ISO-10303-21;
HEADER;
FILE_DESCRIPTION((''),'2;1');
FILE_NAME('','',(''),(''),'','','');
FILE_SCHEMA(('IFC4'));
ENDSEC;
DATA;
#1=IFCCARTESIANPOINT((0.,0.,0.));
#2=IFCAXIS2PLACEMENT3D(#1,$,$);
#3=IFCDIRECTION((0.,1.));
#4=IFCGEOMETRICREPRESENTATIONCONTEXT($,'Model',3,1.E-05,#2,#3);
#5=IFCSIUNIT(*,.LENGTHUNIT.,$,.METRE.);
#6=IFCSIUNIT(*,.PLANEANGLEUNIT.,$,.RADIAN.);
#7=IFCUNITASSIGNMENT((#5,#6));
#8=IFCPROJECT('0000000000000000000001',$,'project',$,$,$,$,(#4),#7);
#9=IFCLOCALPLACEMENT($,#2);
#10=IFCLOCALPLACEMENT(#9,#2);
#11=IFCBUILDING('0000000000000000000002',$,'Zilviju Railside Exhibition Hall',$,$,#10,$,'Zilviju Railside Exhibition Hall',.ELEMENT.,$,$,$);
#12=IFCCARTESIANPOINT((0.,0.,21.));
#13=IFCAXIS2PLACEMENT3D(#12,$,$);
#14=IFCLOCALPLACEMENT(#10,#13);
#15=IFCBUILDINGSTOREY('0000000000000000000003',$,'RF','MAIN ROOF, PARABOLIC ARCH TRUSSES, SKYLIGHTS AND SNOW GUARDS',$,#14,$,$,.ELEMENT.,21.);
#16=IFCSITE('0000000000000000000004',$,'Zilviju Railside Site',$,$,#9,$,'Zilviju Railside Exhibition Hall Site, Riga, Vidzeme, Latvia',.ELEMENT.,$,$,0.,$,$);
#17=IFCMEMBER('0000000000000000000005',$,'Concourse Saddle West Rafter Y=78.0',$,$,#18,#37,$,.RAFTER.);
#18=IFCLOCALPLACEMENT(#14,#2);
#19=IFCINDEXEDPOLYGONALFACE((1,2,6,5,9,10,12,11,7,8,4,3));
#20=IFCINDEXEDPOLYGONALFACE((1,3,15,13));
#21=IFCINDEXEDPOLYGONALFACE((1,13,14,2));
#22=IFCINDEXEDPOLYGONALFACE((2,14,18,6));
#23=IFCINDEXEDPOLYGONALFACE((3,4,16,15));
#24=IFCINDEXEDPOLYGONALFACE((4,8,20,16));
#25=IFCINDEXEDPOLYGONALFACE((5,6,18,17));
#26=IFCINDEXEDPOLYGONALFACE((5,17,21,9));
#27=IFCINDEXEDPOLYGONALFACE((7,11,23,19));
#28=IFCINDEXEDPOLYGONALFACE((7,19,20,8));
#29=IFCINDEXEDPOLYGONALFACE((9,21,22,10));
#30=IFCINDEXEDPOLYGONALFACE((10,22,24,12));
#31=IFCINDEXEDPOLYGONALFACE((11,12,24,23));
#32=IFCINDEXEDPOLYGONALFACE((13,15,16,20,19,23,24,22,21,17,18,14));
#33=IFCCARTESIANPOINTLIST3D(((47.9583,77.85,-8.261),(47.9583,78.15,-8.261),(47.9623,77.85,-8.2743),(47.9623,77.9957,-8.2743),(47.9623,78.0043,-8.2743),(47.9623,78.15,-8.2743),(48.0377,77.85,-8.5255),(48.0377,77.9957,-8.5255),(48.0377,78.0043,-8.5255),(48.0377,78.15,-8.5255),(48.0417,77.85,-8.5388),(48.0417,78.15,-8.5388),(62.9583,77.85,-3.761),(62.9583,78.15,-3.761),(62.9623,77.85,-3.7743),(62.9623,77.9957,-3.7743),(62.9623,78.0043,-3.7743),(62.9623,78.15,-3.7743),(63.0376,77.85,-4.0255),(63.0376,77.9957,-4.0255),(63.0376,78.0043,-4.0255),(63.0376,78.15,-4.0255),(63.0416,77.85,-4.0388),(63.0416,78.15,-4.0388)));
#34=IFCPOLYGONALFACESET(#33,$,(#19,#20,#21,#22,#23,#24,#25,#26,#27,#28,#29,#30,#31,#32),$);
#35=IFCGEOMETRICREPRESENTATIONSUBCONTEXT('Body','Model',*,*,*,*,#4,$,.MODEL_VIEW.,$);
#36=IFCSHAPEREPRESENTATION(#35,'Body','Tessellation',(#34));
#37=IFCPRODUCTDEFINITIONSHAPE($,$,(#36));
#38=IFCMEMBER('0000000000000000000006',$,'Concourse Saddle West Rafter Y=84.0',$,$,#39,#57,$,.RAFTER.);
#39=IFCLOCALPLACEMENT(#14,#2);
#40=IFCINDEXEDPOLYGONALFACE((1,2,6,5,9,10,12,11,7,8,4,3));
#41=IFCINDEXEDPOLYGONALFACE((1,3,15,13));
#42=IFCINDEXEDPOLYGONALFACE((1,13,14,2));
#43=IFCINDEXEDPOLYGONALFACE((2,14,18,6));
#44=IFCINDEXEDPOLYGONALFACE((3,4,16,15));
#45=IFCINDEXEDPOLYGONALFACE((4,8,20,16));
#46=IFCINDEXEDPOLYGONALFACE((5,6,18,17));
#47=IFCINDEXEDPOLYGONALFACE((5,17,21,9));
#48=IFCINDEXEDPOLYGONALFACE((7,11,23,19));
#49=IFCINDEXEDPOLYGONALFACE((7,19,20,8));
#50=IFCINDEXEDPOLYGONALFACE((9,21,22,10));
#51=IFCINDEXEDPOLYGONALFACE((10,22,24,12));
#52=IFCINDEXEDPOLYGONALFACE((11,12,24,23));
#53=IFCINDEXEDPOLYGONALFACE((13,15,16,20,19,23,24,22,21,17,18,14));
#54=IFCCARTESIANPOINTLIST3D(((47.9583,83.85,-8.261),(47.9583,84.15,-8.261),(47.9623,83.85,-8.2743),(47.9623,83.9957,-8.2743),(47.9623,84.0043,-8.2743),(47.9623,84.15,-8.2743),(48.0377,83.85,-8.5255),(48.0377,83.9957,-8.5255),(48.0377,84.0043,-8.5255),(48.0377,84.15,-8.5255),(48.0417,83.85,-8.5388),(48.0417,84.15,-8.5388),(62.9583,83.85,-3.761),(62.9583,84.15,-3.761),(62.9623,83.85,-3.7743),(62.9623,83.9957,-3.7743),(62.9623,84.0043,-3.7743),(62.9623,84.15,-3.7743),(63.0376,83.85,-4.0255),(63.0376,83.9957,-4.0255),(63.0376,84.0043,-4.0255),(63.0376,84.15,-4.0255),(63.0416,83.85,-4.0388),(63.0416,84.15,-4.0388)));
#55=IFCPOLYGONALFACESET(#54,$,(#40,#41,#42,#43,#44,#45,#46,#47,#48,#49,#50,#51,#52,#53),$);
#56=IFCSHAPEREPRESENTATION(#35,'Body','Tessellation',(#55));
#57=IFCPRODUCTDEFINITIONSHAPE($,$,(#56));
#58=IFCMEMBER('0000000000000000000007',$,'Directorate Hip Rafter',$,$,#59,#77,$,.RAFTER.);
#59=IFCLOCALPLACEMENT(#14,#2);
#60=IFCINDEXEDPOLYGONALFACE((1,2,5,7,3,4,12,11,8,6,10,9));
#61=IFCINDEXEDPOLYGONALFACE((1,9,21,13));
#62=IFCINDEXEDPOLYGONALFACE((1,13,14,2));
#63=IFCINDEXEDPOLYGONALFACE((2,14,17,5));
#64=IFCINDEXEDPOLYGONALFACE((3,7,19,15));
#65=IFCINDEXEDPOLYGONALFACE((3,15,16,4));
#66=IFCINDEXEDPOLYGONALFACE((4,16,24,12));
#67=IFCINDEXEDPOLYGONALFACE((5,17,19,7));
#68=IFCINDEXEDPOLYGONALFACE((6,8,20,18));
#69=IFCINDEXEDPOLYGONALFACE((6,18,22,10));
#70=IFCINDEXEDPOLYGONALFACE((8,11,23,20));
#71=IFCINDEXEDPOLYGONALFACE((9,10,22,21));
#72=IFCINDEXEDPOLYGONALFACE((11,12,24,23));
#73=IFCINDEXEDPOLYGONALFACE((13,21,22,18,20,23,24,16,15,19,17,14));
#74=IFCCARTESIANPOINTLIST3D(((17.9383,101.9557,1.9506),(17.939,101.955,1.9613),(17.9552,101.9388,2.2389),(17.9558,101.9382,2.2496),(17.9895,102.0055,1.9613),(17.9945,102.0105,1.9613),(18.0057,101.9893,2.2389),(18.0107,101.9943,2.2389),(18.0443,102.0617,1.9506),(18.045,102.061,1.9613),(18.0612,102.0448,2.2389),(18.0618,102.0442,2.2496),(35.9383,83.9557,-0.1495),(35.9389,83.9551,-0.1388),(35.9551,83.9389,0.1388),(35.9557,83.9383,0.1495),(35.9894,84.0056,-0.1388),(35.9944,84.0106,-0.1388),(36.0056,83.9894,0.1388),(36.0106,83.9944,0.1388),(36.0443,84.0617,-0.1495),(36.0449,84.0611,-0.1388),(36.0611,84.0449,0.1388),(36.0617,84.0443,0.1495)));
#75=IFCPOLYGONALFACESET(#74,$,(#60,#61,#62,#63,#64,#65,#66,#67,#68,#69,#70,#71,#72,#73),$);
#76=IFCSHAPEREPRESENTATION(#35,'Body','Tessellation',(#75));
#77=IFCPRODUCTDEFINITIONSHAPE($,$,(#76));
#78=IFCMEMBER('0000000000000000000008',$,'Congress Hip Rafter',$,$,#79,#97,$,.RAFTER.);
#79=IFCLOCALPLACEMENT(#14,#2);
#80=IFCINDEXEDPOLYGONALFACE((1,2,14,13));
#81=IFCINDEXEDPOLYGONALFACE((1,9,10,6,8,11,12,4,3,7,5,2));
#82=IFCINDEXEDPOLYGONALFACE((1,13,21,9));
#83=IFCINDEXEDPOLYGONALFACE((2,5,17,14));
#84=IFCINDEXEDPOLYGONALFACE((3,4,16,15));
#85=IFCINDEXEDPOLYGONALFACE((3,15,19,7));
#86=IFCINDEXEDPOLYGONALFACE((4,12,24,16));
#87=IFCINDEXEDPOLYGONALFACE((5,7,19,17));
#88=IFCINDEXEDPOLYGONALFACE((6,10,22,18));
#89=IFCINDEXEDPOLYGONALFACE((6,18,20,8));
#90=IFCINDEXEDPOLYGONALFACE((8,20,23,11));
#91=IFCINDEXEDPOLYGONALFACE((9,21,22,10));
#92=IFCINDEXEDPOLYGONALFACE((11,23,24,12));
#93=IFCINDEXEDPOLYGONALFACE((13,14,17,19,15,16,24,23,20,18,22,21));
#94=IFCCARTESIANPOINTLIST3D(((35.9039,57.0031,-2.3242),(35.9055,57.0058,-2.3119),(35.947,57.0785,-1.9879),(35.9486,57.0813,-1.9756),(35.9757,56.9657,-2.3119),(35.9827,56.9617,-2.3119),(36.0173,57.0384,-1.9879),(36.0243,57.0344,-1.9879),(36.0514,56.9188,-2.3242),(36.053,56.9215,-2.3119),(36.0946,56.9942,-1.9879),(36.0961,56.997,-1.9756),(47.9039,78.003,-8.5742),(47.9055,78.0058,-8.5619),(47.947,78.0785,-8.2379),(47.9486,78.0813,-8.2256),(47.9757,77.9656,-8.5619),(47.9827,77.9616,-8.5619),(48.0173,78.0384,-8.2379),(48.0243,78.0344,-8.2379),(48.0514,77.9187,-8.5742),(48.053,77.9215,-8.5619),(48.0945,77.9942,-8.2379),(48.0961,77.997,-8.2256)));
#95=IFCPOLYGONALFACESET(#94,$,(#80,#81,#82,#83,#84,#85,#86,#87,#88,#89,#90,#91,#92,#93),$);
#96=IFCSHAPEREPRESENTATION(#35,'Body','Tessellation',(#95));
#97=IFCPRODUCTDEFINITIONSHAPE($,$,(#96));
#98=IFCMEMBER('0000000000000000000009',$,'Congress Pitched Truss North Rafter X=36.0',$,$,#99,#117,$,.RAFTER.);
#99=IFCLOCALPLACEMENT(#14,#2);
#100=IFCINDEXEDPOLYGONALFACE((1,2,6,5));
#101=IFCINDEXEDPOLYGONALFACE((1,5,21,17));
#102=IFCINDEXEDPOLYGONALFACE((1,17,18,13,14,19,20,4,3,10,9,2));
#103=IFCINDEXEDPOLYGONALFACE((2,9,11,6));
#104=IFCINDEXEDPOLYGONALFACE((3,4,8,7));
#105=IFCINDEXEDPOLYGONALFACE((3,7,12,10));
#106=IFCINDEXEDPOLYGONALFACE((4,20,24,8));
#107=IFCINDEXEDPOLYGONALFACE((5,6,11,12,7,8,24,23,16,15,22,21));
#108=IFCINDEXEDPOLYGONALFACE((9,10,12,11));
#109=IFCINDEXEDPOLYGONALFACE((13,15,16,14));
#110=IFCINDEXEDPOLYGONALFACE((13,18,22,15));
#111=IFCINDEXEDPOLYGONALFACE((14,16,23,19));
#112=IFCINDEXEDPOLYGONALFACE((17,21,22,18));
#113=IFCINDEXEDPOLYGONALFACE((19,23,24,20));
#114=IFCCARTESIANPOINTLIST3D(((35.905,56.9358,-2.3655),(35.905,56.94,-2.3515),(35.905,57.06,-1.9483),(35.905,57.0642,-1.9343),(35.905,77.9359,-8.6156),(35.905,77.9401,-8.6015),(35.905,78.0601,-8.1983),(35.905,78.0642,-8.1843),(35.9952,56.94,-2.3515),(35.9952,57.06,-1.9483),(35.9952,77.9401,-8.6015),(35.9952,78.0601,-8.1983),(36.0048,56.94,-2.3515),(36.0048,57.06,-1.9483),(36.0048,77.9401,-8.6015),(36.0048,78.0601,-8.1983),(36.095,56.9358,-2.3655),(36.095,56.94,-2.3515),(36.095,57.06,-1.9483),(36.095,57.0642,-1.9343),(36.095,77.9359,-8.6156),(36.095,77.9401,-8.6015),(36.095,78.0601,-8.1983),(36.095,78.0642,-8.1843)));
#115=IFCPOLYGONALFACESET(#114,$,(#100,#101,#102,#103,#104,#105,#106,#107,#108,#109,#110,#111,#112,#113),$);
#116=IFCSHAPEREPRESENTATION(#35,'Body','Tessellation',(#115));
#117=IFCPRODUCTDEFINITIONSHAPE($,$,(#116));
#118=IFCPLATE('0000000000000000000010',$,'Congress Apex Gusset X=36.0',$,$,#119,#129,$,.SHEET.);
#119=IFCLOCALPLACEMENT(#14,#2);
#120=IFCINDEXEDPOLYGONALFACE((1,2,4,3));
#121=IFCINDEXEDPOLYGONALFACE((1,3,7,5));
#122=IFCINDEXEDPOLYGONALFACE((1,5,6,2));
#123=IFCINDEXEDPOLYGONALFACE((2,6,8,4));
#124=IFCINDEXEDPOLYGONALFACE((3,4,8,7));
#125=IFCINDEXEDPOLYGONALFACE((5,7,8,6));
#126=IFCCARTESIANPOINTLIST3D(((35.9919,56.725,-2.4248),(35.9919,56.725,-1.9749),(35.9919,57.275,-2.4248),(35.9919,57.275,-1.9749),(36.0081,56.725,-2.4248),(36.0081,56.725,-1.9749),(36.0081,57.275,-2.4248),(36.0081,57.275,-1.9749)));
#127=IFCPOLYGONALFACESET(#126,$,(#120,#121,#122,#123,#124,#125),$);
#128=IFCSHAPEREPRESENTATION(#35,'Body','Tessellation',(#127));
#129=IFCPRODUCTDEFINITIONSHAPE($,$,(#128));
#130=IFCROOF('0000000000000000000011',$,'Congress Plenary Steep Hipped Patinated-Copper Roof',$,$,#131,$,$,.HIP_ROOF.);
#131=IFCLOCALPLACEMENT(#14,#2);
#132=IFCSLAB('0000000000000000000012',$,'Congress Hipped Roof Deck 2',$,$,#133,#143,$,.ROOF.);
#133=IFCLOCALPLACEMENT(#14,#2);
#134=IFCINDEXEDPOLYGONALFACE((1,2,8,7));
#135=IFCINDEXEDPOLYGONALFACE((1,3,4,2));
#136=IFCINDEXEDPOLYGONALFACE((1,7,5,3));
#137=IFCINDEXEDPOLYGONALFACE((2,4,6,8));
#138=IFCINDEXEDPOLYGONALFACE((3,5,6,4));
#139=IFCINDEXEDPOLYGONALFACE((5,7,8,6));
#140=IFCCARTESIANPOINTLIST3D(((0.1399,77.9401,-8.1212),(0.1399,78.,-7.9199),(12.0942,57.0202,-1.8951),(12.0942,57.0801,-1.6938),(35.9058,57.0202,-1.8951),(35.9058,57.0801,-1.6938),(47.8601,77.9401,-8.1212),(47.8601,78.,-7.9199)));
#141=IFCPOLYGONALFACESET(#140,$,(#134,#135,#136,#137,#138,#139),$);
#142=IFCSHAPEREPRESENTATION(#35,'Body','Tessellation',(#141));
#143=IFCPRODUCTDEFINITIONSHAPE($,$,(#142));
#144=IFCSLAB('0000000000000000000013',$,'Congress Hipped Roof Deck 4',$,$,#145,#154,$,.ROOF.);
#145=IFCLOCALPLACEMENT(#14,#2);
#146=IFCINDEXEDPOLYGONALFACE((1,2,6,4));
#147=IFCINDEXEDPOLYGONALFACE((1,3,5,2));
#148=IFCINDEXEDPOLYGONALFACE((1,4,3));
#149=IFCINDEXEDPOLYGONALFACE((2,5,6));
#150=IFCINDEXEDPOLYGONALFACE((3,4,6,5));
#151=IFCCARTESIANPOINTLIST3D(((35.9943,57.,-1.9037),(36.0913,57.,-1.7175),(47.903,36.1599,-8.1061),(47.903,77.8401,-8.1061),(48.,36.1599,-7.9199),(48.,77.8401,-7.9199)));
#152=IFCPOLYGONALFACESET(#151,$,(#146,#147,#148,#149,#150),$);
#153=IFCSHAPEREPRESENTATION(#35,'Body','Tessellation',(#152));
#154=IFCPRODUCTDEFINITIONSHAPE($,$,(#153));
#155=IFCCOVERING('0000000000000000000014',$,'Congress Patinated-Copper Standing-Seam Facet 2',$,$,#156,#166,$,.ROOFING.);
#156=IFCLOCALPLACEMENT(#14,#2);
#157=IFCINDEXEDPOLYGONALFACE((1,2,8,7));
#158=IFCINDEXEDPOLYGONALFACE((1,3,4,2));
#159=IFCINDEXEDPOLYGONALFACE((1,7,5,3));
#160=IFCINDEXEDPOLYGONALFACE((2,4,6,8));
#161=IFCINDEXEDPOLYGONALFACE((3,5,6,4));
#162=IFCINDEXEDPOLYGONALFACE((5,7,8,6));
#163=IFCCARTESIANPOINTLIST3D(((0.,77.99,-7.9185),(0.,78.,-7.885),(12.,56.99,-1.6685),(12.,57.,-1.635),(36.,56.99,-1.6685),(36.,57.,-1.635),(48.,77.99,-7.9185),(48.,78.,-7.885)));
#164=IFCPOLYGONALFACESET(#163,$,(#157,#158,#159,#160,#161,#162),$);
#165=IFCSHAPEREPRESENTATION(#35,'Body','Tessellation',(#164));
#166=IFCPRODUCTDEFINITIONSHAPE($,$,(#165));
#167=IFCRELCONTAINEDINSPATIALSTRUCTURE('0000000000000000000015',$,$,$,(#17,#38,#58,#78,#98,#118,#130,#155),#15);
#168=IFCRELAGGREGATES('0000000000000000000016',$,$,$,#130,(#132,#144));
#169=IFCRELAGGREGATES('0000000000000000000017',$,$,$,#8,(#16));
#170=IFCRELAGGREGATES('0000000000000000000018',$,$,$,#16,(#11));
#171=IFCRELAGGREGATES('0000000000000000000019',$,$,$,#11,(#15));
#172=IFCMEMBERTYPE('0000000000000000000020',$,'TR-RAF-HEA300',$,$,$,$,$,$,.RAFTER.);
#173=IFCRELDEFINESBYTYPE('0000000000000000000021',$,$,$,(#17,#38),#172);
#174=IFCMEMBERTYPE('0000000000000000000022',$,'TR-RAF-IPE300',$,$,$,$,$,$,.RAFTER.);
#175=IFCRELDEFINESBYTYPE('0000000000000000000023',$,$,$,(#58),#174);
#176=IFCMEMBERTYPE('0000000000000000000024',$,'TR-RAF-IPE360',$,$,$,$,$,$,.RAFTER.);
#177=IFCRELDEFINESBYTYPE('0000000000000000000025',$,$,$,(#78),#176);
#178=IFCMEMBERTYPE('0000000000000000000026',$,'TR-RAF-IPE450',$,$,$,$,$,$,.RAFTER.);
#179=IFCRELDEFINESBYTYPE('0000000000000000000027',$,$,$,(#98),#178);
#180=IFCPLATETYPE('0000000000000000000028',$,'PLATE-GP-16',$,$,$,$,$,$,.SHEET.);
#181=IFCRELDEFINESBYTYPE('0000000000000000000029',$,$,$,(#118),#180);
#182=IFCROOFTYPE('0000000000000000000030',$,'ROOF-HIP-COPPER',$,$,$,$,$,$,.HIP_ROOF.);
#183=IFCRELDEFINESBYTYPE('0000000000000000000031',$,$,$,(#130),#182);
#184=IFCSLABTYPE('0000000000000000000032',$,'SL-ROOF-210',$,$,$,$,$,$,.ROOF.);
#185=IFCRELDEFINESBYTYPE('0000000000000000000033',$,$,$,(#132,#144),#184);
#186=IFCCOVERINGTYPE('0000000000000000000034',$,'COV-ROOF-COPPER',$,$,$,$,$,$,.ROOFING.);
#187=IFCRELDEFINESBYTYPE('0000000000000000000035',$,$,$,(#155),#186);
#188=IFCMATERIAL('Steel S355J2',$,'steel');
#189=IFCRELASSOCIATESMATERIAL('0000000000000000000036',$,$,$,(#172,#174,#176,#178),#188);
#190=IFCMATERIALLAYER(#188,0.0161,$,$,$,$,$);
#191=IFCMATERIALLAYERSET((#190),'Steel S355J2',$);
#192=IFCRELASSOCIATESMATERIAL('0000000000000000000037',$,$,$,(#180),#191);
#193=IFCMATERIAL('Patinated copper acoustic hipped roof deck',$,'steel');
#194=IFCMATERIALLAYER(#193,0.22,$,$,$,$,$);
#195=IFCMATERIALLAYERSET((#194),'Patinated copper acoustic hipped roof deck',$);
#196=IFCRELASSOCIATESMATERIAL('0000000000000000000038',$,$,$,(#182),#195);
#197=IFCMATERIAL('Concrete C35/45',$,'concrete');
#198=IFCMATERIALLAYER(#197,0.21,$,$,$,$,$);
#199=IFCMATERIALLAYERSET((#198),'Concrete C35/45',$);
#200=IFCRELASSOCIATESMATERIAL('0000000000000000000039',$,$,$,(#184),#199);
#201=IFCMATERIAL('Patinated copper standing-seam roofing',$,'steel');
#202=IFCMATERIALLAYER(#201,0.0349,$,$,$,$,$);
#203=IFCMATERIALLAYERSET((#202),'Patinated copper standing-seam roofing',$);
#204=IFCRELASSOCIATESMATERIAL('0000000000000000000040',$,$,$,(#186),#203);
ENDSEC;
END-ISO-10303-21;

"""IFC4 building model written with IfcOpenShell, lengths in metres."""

from ifc_helpers import new_model, si_unit, direction, frame, origin, origin_2d, place, context, subcontext, project, spatial, polyline, rectangle, i_section, outline, extrude, material, layer, layer_set, material_profile, profile_set, type_object, element, aggregate, save


model = new_model("IFC4")

# Units and contexts
model_context = context("Model", 3, precision=1e-05, world=origin(), true_north=direction((0.0, 1.0)))
body_context = subcontext(model_context, "Body", "Model", "MODEL_VIEW")
ifc_project = project(units=[si_unit("LENGTHUNIT", "METRE"), si_unit("PLANEANGLEUNIT", "RADIAN")], contexts=[model_context])

# Site, building, storey
site_placement = place(None, origin())
site = spatial("IfcSite", under=ifc_project, at=site_placement, Name="Zilviju Railside Site", LongName="Zilviju Railside Exhibition Hall Site, Riga, Vidzeme, Latvia", CompositionType="ELEMENT", RefElevation=0.0)
building_placement = place(site_placement, origin())
building = spatial("IfcBuilding", under=site, at=building_placement, Name="Zilviju Railside Exhibition Hall", LongName="Zilviju Railside Exhibition Hall", CompositionType="ELEMENT")
storey_placement = place(building_placement, frame((0.0, 0.0, 21.0)))
storey = spatial("IfcBuildingStorey", under=building, at=storey_placement, Name="RF", Description="MAIN ROOF, PARABOLIC ARCH TRUSSES, SKYLIGHTS AND SNOW GUARDS", CompositionType="ELEMENT", Elevation=21.0)

# Shared definitions
ifc_material_1 = material(Name="Steel S355J2", Category="steel")

# Members
ifc_material_profile_1 = material_profile(ifc_material_1, i_section(OverallWidth=0.3, OverallDepth=0.29, WebThickness=0.0085, FlangeThickness=0.0139, at=origin_2d()), Name="HEA 300")
ifc_profile_set_1 = profile_set([ifc_material_profile_1], Name="Steel S355J2")
member_type_1 = type_object("IfcMemberType", Name="TR-RAF-HEA300", PredefinedType="RAFTER", material=ifc_profile_set_1)
for number, where, z_axis, x_axis, name in (
    (1, (48.0, 78.0, -8.3999), (0.957826, 0.0, 0.287348), (0.0, 1.0, 0.0), "Concourse Saddle West Rafter Y=78.0"),
    (2, (48.0, 84.0, -8.3999), (0.957826, 0.0, 0.287348), (0.0, 1.0, 0.0), "Concourse Saddle West Rafter Y=84.0"),
):
    element("IfcMember", number, at=place(storey_placement, frame(where, z_axis=z_axis, x_axis=x_axis)), inside=storey, type_object=member_type_1, Name=name, PredefinedType="RAFTER", context=body_context, shape_type="SweptSolid", body=[
        extrude(i_section(OverallWidth=0.3, OverallDepth=0.29, WebThickness=0.0085, FlangeThickness=0.0139, at=origin_2d()), origin(), (0.0, 0.0, 1.0), 15.6604),
    ])
ifc_material_profile_2 = material_profile(ifc_material_1, i_section(OverallWidth=0.1499, OverallDepth=0.3, WebThickness=0.0071, FlangeThickness=0.0107, at=origin_2d()), Name="IPE 300")
ifc_profile_set_2 = profile_set([ifc_material_profile_2], Name="Steel S355J2")
member_type_2 = type_object("IfcMemberType", Name="TR-RAF-IPE300", PredefinedType="RAFTER", material=ifc_profile_set_2)
member_1_placement = place(storey_placement, frame((36.0, 84.0, 0.0), z_axis=(-0.704713, 0.704713, 0.08222), x_axis=(-0.707107, -0.707107, 0.0)))
element("IfcMember", 3, at=member_1_placement, inside=storey, type_object=member_type_2, Name="Directorate Hip Rafter", PredefinedType="RAFTER", context=body_context, shape_type="SweptSolid", body=[
    extrude(i_section(OverallWidth=0.1499, OverallDepth=0.3, WebThickness=0.0071, FlangeThickness=0.0107, at=origin_2d()), origin(), (0.0, 0.0, 1.0), 25.5422),
])
ifc_material_profile_3 = material_profile(ifc_material_1, i_section(OverallWidth=0.1699, OverallDepth=0.3601, WebThickness=0.0081, FlangeThickness=0.0127, at=origin_2d()), Name="IPE 360")
ifc_profile_set_3 = profile_set([ifc_material_profile_3], Name="Steel S355J2")
member_type_3 = type_object("IfcMemberType", Name="TR-RAF-IPE360", PredefinedType="RAFTER", material=ifc_profile_set_3)
member_2_placement = place(storey_placement, frame((48.0, 78.0, -8.3999), z_axis=(-0.48036, -0.840631, 0.250188), x_axis=(0.868243, -0.496139, 0.0)))
element("IfcMember", 4, at=member_2_placement, inside=storey, type_object=member_type_3, Name="Congress Hip Rafter", PredefinedType="RAFTER", context=body_context, shape_type="SweptSolid", body=[
    extrude(i_section(OverallWidth=0.1699, OverallDepth=0.3601, WebThickness=0.0081, FlangeThickness=0.0127, at=origin_2d()), origin(), (0.0, 0.0, 1.0), 24.9812),
])
ifc_material_profile_4 = material_profile(ifc_material_1, i_section(OverallWidth=0.1899, OverallDepth=0.45, WebThickness=0.0095, FlangeThickness=0.0146, at=origin_2d()), Name="IPE 450")
ifc_profile_set_4 = profile_set([ifc_material_profile_4], Name="Steel S355J2")
member_type_4 = type_object("IfcMemberType", Name="TR-RAF-IPE450", PredefinedType="RAFTER", material=ifc_profile_set_4)
member_3_placement = place(storey_placement, frame((36.0, 57.0, -2.1499), z_axis=(0.0, 0.958452, -0.285254), x_axis=(-1.0, 0.0, 0.0)))
element("IfcMember", 5, at=member_3_placement, inside=storey, type_object=member_type_4, Name="Congress Pitched Truss North Rafter X=36.0", PredefinedType="RAFTER", context=body_context, shape_type="SweptSolid", body=[
    extrude(i_section(OverallWidth=0.1899, OverallDepth=0.45, WebThickness=0.0095, FlangeThickness=0.0146, at=origin_2d()), origin(), (0.0, 0.0, 1.0), 21.9104),
])

# Plate
ifc_layer_1 = layer(ifc_material_1, 0.0161)
ifc_layer_set_1 = layer_set([ifc_layer_1], Name="Steel S355J2")
plate_type = type_object("IfcPlateType", Name="PLATE-GP-16", PredefinedType="SHEET", material=ifc_layer_set_1)
plate_placement = place(storey_placement, frame((36.0, 57.0, -2.4248), z_axis=(0.0, 0.0, 1.0), x_axis=(1.0, 0.0, 0.0)))
element("IfcPlate", 6, at=plate_placement, inside=storey, type_object=plate_type, Name="Congress Apex Gusset X=36.0", PredefinedType="SHEET", context=body_context, shape_type="SweptSolid", body=[
    extrude(rectangle(XDim=0.0161, YDim=0.55, at=origin_2d()), origin(), (0.0, 0.0, 1.0), 0.45),
])

# Roof, slabs
ifc_material_2 = material(Name="Patinated copper acoustic hipped roof deck", Category="steel")
ifc_layer_2 = layer(ifc_material_2, 0.22)
ifc_layer_set_2 = layer_set([ifc_layer_2], Name="Patinated copper acoustic hipped roof deck")
roof_type = type_object("IfcRoofType", Name="ROOF-HIP-COPPER", PredefinedType="HIP_ROOF", material=ifc_layer_set_2)
roof_placement = place(storey_placement, origin())
roof = element("IfcRoof", 7, at=roof_placement, inside=storey, type_object=roof_type, Name="Congress Plenary Steep Hipped Patinated-Copper Roof", PredefinedType="HIP_ROOF")
ifc_material_3 = material(Name="Concrete C35/45", Category="concrete")
ifc_layer_3 = layer(ifc_material_3, 0.21)
ifc_layer_set_3 = layer_set([ifc_layer_3], Name="Concrete C35/45")
slab_type = type_object("IfcSlabType", Name="SL-ROOF-210", PredefinedType="ROOF", material=ifc_layer_set_3)
slab_1_placement = place(storey_placement, frame((47.8601, 78.0, -7.9199), z_axis=(0.0, 0.28525, 0.958453), x_axis=(-1.0, 0.0, 0.0)))
slab_1 = element("IfcSlab", 8, at=slab_1_placement, type_object=slab_type, Name="Congress Hipped Roof Deck 2", PredefinedType="ROOF", context=body_context, shape_type="SweptSolid", body=[
    extrude(outline(polyline([(0.0, 0.0), (47.7202, 0.0), (35.7659, 21.8268), (11.9543, 21.8268), (0.0, 0.0)])), origin(), (0.0, 0.0, -1.0), 0.21),
])
slab_2_placement = place(storey_placement, frame((48.0, 36.1599, -7.9199), z_axis=(0.461931, 0.0, 0.886916), x_axis=(0.0, 1.0, 0.0)))
slab_2 = element("IfcSlab", 9, at=slab_2_placement, type_object=slab_type, Name="Congress Hipped Roof Deck 4", PredefinedType="ROOF", context=body_context, shape_type="SweptSolid", body=[
    extrude(outline(polyline([(0.0, 0.0), (41.6802, 0.0), (20.8401, 13.4271), (0.0, 0.0)])), origin(), (0.0, 0.0, -1.0), 0.21),
])
aggregate(roof, [slab_1, slab_2])

# Covering
ifc_material_4 = material(Name="Patinated copper standing-seam roofing", Category="steel")
ifc_layer_4 = layer(ifc_material_4, 0.0349)
ifc_layer_set_4 = layer_set([ifc_layer_4], Name="Patinated copper standing-seam roofing")
covering_type = type_object("IfcCoveringType", Name="COV-ROOF-COPPER", PredefinedType="ROOFING", material=ifc_layer_set_4)
covering_placement = place(storey_placement, frame((48.0, 78.0, -7.885), z_axis=(0.0, 0.285254, 0.958452), x_axis=(-1.0, 0.0, 0.0)))
element("IfcCovering", 10, at=covering_placement, inside=storey, type_object=covering_type, Name="Congress Patinated-Copper Standing-Seam Facet 2", PredefinedType="ROOFING", context=body_context, shape_type="SweptSolid", body=[
    extrude(outline(polyline([(0.0, 0.0), (48.0, 0.0), (36.0, 21.9103), (12.0, 21.9103), (0.0, 0.0)])), origin(), (0.0, 0.0, -1.0), 0.0349),
])

save(model, "model.ifc")
